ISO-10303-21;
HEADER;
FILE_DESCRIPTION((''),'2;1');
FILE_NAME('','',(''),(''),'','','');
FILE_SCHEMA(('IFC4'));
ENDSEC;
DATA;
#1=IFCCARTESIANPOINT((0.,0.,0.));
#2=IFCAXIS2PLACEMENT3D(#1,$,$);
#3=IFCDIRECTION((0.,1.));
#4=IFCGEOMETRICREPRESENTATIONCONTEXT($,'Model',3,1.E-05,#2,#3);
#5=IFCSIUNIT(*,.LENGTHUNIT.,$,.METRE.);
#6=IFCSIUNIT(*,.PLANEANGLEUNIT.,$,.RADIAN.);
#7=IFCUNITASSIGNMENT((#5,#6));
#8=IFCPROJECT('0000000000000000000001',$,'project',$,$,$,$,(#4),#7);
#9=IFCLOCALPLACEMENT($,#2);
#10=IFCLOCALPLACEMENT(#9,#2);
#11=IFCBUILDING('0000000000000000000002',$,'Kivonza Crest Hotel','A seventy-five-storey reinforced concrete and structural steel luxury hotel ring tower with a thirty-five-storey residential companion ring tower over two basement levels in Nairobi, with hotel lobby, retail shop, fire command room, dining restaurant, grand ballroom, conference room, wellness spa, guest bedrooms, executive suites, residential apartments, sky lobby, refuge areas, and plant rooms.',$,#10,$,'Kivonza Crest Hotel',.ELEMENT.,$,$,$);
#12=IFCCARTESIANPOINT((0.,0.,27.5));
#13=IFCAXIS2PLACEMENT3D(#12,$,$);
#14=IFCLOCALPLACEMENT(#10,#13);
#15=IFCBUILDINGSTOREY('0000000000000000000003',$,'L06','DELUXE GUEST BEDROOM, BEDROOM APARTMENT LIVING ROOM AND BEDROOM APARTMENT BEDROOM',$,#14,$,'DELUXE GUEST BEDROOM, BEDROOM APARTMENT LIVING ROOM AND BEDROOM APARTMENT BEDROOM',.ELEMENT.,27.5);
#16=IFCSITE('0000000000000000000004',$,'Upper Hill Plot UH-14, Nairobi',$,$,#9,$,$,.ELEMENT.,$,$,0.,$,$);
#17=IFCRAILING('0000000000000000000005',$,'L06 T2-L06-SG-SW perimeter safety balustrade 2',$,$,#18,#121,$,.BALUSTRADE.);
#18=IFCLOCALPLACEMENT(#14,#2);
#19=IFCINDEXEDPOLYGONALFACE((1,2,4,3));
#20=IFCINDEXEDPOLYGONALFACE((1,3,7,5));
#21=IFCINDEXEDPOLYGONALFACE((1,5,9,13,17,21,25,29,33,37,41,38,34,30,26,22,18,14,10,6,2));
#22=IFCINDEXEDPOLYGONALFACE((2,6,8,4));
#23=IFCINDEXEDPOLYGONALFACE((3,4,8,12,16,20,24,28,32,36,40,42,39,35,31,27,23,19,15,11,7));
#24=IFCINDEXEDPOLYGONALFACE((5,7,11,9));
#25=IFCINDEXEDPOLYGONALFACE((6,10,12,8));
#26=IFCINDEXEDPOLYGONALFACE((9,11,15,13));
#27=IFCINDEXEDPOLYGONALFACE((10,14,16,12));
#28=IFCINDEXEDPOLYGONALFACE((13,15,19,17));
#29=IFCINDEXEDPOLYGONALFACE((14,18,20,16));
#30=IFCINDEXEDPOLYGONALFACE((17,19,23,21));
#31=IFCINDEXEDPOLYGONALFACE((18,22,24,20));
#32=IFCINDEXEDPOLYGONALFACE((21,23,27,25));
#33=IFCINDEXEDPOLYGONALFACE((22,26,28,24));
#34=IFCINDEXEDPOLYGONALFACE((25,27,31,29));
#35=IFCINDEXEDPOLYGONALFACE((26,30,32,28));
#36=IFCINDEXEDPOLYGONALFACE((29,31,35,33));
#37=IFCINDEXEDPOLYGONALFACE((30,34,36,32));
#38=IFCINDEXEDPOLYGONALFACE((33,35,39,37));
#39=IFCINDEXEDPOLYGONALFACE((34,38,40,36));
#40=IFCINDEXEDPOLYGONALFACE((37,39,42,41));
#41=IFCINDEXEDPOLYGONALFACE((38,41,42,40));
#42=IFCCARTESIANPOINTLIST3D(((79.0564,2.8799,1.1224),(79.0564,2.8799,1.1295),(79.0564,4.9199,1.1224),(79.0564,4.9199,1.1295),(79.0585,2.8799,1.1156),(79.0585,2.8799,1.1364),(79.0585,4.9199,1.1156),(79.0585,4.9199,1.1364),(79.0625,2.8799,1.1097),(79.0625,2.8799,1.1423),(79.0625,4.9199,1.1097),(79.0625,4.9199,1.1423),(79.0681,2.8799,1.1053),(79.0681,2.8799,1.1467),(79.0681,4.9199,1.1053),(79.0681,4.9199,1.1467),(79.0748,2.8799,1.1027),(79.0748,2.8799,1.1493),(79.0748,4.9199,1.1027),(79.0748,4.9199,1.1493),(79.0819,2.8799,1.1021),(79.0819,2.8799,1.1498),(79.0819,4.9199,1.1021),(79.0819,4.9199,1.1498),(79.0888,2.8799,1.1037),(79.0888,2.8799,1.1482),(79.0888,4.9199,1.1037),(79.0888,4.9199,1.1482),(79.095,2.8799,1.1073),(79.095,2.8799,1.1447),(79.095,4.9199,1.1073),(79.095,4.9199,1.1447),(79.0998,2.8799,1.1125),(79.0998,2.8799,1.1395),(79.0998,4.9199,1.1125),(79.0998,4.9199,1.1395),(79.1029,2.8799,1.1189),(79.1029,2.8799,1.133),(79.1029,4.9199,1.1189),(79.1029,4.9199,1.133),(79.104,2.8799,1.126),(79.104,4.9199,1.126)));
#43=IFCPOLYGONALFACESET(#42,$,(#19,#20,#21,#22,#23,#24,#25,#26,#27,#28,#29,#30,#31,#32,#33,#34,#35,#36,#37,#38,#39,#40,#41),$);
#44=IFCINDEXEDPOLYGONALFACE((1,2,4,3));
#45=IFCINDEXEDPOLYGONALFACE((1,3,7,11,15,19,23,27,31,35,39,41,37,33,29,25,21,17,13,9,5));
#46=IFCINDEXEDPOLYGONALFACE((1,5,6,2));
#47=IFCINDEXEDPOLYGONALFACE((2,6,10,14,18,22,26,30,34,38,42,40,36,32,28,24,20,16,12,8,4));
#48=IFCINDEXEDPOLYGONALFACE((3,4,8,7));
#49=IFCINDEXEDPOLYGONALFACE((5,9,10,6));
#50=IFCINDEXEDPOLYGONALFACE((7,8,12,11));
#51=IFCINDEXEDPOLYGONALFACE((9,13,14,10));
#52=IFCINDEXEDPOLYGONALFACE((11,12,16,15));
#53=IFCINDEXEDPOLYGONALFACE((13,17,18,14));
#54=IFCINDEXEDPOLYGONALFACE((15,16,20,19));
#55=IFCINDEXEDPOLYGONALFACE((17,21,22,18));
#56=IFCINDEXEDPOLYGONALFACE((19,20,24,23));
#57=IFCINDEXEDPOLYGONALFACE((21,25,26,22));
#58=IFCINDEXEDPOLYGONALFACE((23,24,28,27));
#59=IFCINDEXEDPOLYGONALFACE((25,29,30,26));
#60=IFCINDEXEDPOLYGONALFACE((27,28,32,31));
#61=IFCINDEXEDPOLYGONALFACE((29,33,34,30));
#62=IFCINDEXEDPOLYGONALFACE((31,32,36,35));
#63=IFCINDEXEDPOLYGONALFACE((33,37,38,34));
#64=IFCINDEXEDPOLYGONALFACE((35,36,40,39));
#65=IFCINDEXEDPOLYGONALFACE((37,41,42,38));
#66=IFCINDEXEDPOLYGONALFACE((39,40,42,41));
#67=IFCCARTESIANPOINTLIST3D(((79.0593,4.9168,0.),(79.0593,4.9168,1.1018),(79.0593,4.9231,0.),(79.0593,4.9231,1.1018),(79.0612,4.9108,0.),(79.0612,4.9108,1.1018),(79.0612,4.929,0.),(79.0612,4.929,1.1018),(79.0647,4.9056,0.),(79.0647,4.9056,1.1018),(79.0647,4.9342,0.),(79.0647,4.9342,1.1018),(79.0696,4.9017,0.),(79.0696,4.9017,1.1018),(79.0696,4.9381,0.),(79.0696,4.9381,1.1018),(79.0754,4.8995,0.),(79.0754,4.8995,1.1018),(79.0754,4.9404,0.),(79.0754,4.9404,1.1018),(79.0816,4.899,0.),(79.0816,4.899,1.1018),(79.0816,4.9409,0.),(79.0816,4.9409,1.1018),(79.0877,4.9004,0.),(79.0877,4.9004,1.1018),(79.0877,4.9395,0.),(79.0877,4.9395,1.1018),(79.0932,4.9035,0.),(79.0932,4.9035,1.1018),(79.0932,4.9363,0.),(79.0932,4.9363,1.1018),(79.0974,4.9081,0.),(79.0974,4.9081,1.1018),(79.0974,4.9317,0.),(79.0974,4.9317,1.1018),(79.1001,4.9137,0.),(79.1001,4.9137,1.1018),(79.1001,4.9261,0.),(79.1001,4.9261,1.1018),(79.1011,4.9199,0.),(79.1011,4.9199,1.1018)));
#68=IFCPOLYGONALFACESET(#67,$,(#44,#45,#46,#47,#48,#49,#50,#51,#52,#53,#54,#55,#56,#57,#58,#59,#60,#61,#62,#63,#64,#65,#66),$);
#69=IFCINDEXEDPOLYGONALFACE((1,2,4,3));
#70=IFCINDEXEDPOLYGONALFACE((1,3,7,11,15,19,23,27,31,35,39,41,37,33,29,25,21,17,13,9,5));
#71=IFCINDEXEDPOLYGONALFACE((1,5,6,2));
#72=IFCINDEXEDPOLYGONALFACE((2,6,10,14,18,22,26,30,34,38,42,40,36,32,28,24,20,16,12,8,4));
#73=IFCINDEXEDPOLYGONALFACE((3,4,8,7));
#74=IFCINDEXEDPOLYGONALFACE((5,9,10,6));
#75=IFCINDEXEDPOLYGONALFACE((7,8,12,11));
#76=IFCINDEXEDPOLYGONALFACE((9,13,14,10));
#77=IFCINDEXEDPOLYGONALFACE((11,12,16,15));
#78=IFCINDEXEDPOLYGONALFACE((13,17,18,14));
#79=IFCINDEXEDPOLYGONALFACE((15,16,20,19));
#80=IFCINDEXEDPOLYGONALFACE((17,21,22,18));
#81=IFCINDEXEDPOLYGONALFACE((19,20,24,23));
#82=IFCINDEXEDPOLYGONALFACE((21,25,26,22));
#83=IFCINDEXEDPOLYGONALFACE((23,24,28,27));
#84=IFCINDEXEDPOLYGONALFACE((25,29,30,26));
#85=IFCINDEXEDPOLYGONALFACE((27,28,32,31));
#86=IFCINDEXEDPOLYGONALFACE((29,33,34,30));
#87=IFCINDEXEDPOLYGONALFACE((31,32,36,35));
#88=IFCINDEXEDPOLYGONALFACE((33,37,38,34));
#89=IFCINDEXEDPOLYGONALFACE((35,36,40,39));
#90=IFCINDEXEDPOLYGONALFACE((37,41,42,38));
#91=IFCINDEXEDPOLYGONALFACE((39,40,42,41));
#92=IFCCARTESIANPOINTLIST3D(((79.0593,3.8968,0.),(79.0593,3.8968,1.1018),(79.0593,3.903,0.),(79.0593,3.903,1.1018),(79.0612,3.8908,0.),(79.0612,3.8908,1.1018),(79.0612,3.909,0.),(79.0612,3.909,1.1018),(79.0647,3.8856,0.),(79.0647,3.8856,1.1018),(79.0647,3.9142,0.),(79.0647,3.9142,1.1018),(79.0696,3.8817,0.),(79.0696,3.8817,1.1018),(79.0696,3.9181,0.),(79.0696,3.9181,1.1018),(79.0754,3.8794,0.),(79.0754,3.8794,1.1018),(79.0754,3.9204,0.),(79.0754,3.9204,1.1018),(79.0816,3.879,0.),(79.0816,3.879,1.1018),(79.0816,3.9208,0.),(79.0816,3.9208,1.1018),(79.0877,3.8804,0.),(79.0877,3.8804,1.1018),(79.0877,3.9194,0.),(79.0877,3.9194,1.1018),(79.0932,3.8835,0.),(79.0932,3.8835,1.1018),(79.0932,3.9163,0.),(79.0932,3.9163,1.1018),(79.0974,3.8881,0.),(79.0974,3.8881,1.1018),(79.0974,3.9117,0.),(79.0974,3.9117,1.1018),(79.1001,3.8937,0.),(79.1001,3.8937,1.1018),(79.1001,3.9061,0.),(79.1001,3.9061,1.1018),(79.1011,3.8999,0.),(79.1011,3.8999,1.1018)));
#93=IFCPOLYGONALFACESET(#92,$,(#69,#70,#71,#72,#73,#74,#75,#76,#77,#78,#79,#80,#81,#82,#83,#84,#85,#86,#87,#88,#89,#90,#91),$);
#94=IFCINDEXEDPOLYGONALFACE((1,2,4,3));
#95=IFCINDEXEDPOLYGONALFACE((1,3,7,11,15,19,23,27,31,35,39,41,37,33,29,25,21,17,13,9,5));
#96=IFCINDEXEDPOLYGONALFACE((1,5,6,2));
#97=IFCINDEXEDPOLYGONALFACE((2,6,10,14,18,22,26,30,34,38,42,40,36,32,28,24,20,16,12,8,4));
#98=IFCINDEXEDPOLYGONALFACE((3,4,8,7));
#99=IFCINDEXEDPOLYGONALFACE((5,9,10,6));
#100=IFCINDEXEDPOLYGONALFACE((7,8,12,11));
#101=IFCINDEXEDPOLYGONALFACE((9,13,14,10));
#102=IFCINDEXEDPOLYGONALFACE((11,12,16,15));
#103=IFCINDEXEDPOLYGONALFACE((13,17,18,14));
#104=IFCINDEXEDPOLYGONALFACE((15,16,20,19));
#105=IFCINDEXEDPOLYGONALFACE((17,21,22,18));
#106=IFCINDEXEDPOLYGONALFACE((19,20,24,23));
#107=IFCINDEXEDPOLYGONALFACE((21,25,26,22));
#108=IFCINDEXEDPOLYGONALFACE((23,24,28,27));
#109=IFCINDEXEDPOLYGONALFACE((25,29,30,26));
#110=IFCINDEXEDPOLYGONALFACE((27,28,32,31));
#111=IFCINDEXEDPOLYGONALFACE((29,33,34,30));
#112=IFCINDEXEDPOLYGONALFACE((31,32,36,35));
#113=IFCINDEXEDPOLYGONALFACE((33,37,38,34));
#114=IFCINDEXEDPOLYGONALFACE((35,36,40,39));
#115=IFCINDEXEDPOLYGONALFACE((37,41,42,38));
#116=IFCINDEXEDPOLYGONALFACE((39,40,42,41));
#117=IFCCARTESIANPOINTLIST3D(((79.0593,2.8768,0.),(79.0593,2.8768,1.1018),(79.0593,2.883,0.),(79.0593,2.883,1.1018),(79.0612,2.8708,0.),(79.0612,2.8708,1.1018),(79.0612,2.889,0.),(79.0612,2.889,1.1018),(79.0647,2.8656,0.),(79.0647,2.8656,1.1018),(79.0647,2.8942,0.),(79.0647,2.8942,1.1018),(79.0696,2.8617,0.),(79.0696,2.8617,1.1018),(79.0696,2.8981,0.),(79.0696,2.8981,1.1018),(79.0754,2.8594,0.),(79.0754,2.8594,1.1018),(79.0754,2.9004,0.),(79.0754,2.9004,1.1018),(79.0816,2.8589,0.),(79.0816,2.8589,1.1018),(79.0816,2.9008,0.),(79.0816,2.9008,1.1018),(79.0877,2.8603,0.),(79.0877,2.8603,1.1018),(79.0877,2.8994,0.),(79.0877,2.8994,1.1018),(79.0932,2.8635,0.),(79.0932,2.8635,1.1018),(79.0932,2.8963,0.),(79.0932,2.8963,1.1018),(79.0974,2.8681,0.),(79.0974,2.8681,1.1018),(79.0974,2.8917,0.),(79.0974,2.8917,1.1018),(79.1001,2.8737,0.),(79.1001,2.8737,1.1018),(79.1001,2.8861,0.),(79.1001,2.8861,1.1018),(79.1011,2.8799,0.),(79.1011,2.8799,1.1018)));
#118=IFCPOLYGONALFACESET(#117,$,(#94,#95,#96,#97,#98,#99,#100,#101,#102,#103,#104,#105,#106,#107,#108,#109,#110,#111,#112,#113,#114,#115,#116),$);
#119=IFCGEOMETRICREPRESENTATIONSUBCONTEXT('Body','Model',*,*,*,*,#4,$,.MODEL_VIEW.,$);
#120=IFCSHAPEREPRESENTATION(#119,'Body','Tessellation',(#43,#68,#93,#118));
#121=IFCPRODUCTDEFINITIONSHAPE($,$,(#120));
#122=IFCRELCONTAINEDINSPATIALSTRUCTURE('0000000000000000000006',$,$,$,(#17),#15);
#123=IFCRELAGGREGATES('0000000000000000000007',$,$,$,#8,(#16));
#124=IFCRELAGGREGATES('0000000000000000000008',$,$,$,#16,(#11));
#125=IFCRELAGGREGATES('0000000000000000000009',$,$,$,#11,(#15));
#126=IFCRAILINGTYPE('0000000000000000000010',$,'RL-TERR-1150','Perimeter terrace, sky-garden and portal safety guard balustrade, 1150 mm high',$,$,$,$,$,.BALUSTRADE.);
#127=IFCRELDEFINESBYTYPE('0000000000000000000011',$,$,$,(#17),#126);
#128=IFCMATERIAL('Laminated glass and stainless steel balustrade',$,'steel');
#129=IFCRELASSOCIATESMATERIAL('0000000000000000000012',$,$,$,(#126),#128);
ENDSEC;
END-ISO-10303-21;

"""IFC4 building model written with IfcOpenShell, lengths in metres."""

from ifc_helpers import new_model, si_unit, direction, frame, origin, origin_2d, place, context, subcontext, project, spatial, circle, extrude, material, type_object, element, save


model = new_model("IFC4")

# Units and contexts
model_context = context("Model", 3, precision=1e-05, world=origin(), true_north=direction((0.0, 1.0)))
body_context = subcontext(model_context, "Body", "Model", "MODEL_VIEW")
ifc_project = project(units=[si_unit("LENGTHUNIT", "METRE"), si_unit("PLANEANGLEUNIT", "RADIAN")], contexts=[model_context])

# Site, building, storey
site_placement = place(None, origin())
site = spatial("IfcSite", under=ifc_project, at=site_placement, Name="Upper Hill Plot UH-14, Nairobi", CompositionType="ELEMENT", RefElevation=0.0)
building_placement = place(site_placement, origin())
building = spatial("IfcBuilding", under=site, at=building_placement, Name="Kivonza Crest Hotel", Description="A seventy-five-storey reinforced concrete and structural steel luxury hotel ring tower with a thirty-five-storey residential companion ring tower over two basement levels in Nairobi, with hotel lobby, retail shop, fire command room, dining restaurant, grand ballroom, conference room, wellness spa, guest bedrooms, executive suites, residential apartments, sky lobby, refuge areas, and plant rooms.", LongName="Kivonza Crest Hotel", CompositionType="ELEMENT")
storey_placement = place(building_placement, frame((0.0, 0.0, 27.5)))
storey = spatial("IfcBuildingStorey", under=building, at=storey_placement, Name="L06", Description="DELUXE GUEST BEDROOM, BEDROOM APARTMENT LIVING ROOM AND BEDROOM APARTMENT BEDROOM", LongName="DELUXE GUEST BEDROOM, BEDROOM APARTMENT LIVING ROOM AND BEDROOM APARTMENT BEDROOM", CompositionType="ELEMENT", Elevation=27.5)

# Railing
ifc_material_1 = material(Name="Laminated glass and stainless steel balustrade", Category="steel")
railing_type = type_object("IfcRailingType", Name="RL-TERR-1150", Description="Perimeter terrace, sky-garden and portal safety guard balustrade, 1150 mm high", PredefinedType="BALUSTRADE", material=ifc_material_1)
railing_1_placement = place(storey_placement, frame((79.0801, 4.9199, 0.0)))
element("IfcRailing", 1, at=railing_1_placement, inside=storey, type_object=railing_type, Name="L06 T2-L06-SG-SW perimeter safety balustrade 2", PredefinedType="BALUSTRADE", context=body_context, shape_type="SweptSolid", body=[
    extrude(circle(Radius=0.0239, at=origin_2d()), frame((0.0, 0.0, 1.126), z_axis=(0.0, -1.0, 0.0), x_axis=(1.0, 0.0, 0.0)), (0.0, 0.0, 1.0), 2.04),
    extrude(circle(Radius=0.021, at=origin_2d()), origin(), (0.0, 0.0, 1.0), 1.1018),
    extrude(circle(Radius=0.021, at=origin_2d()), frame((0.0, -1.02, 0.0)), (0.0, 0.0, 1.0), 1.1018),
    extrude(circle(Radius=0.021, at=origin_2d()), frame((0.0, -2.04, 0.0)), (0.0, 0.0, 1.0), 1.1018),
])

save(model, "model.ifc")
